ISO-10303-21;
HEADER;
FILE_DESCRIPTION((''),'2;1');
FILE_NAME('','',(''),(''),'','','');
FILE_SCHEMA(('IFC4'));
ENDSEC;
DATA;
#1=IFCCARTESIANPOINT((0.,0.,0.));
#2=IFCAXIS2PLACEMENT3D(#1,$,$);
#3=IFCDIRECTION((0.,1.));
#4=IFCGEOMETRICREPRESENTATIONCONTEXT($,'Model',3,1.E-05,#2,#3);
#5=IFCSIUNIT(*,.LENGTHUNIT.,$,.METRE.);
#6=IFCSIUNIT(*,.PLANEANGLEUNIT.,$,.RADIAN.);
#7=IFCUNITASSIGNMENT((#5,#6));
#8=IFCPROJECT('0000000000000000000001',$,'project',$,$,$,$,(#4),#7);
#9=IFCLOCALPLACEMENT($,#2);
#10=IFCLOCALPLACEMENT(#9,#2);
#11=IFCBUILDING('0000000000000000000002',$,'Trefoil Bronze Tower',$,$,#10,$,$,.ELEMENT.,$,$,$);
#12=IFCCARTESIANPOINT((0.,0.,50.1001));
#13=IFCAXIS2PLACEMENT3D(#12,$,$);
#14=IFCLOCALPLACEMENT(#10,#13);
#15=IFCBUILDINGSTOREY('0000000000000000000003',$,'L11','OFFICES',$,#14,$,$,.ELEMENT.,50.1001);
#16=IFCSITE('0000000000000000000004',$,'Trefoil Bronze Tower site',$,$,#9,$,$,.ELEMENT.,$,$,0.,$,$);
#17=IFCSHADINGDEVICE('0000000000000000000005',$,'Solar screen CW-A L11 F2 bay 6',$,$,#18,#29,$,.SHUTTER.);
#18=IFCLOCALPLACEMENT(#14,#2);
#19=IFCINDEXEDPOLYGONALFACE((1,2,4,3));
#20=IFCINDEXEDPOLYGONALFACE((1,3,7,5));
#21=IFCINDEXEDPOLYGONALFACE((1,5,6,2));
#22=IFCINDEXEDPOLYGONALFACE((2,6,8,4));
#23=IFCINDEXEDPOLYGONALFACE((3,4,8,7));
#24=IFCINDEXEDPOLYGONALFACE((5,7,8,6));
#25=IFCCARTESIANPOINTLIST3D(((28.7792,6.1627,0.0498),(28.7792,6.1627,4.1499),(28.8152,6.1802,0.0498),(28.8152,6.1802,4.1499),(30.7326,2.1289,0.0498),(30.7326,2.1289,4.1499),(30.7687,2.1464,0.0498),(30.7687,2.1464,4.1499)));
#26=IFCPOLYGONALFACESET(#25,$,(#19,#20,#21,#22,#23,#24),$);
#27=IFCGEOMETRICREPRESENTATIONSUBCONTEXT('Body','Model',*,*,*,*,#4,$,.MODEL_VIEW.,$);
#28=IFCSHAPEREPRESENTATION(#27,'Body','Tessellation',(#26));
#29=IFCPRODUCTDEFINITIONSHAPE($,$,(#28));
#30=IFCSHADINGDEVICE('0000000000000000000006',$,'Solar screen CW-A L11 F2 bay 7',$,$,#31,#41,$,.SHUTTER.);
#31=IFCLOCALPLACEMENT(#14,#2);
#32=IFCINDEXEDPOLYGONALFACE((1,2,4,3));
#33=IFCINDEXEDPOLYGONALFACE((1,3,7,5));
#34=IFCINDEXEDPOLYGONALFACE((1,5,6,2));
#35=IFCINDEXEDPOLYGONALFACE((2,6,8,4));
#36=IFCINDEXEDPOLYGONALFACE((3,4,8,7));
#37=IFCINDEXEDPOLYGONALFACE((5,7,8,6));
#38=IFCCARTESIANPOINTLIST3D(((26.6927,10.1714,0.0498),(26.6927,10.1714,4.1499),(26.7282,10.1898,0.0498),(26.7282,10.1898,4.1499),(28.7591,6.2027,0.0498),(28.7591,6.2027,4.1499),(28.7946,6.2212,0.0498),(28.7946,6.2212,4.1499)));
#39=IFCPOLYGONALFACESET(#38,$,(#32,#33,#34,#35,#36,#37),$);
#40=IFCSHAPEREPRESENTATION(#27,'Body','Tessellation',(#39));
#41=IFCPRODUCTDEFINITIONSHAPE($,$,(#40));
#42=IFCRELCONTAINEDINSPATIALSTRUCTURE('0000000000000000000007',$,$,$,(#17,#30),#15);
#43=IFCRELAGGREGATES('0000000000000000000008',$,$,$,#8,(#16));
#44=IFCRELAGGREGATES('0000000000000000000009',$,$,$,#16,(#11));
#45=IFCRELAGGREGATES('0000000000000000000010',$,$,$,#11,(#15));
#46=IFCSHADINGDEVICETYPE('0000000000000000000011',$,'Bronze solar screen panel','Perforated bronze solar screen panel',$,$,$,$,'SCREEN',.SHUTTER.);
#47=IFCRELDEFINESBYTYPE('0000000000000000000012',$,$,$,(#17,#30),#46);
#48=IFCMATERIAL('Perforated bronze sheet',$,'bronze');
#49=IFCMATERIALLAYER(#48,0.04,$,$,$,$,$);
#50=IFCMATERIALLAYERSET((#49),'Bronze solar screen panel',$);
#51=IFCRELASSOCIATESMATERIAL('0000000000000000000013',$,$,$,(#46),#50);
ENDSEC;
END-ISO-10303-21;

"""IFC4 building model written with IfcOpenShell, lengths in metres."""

from ifc_helpers import new_model, si_unit, direction, frame, origin, origin_2d, place, context, subcontext, project, spatial, rectangle, extrude, material, layer, layer_set, type_object, element, save


model = new_model("IFC4")

# Units and contexts
model_context = context("Model", 3, precision=1e-05, world=origin(), true_north=direction((0.0, 1.0)))
body_context = subcontext(model_context, "Body", "Model", "MODEL_VIEW")
ifc_project = project(units=[si_unit("LENGTHUNIT", "METRE"), si_unit("PLANEANGLEUNIT", "RADIAN")], contexts=[model_context])

# Site, building, storey
site_placement = place(None, origin())
site = spatial("IfcSite", under=ifc_project, at=site_placement, Name="Trefoil Bronze Tower site", CompositionType="ELEMENT", RefElevation=0.0)
building_placement = place(site_placement, origin())
building = spatial("IfcBuilding", under=site, at=building_placement, Name="Trefoil Bronze Tower", CompositionType="ELEMENT")
storey_placement = place(building_placement, frame((0.0, 0.0, 50.1001)))
storey = spatial("IfcBuildingStorey", under=building, at=storey_placement, Name="L11", Description="OFFICES", CompositionType="ELEMENT", Elevation=50.1001)

# Shading devices
ifc_material_1 = material(Name="Perforated bronze sheet", Category="bronze")
ifc_layer_1 = layer(ifc_material_1, 0.04)
ifc_layer_set_1 = layer_set([ifc_layer_1], Name="Bronze solar screen panel")
shading_device_type = type_object("IfcShadingDeviceType", Name="Bronze solar screen panel", Description="Perforated bronze solar screen panel", ElementType="SCREEN", PredefinedType="SHUTTER", material=ifc_layer_set_1)
shading_device_1_placement = place(storey_placement, frame((29.7739, 4.1545, 0.0498), z_axis=(0.0, 0.0, 1.0), x_axis=(-0.435855, 0.900017, 0.0)))
element("IfcShadingDevice", 1, at=shading_device_1_placement, inside=storey, type_object=shading_device_type, Name="Solar screen CW-A L11 F2 bay 6", PredefinedType="SHUTTER", context=body_context, shape_type="SweptSolid", body=[
    extrude(rectangle(XDim=4.4819, YDim=0.04, at=origin_2d()), origin(), (0.0, 0.0, 1.0), 4.1001),
])
shading_device_2_placement = place(storey_placement, frame((27.7437, 8.1963, 0.0498), z_axis=(0.0, 0.0, 1.0), x_axis=(-0.46183, 0.886969, 0.0)))
element("IfcShadingDevice", 2, at=shading_device_2_placement, inside=storey, type_object=shading_device_type, Name="Solar screen CW-A L11 F2 bay 7", PredefinedType="SHUTTER", context=body_context, shape_type="SweptSolid", body=[
    extrude(rectangle(XDim=4.4744, YDim=0.04, at=origin_2d()), origin(), (0.0, 0.0, 1.0), 4.1001),
])

save(model, "model.ifc")
